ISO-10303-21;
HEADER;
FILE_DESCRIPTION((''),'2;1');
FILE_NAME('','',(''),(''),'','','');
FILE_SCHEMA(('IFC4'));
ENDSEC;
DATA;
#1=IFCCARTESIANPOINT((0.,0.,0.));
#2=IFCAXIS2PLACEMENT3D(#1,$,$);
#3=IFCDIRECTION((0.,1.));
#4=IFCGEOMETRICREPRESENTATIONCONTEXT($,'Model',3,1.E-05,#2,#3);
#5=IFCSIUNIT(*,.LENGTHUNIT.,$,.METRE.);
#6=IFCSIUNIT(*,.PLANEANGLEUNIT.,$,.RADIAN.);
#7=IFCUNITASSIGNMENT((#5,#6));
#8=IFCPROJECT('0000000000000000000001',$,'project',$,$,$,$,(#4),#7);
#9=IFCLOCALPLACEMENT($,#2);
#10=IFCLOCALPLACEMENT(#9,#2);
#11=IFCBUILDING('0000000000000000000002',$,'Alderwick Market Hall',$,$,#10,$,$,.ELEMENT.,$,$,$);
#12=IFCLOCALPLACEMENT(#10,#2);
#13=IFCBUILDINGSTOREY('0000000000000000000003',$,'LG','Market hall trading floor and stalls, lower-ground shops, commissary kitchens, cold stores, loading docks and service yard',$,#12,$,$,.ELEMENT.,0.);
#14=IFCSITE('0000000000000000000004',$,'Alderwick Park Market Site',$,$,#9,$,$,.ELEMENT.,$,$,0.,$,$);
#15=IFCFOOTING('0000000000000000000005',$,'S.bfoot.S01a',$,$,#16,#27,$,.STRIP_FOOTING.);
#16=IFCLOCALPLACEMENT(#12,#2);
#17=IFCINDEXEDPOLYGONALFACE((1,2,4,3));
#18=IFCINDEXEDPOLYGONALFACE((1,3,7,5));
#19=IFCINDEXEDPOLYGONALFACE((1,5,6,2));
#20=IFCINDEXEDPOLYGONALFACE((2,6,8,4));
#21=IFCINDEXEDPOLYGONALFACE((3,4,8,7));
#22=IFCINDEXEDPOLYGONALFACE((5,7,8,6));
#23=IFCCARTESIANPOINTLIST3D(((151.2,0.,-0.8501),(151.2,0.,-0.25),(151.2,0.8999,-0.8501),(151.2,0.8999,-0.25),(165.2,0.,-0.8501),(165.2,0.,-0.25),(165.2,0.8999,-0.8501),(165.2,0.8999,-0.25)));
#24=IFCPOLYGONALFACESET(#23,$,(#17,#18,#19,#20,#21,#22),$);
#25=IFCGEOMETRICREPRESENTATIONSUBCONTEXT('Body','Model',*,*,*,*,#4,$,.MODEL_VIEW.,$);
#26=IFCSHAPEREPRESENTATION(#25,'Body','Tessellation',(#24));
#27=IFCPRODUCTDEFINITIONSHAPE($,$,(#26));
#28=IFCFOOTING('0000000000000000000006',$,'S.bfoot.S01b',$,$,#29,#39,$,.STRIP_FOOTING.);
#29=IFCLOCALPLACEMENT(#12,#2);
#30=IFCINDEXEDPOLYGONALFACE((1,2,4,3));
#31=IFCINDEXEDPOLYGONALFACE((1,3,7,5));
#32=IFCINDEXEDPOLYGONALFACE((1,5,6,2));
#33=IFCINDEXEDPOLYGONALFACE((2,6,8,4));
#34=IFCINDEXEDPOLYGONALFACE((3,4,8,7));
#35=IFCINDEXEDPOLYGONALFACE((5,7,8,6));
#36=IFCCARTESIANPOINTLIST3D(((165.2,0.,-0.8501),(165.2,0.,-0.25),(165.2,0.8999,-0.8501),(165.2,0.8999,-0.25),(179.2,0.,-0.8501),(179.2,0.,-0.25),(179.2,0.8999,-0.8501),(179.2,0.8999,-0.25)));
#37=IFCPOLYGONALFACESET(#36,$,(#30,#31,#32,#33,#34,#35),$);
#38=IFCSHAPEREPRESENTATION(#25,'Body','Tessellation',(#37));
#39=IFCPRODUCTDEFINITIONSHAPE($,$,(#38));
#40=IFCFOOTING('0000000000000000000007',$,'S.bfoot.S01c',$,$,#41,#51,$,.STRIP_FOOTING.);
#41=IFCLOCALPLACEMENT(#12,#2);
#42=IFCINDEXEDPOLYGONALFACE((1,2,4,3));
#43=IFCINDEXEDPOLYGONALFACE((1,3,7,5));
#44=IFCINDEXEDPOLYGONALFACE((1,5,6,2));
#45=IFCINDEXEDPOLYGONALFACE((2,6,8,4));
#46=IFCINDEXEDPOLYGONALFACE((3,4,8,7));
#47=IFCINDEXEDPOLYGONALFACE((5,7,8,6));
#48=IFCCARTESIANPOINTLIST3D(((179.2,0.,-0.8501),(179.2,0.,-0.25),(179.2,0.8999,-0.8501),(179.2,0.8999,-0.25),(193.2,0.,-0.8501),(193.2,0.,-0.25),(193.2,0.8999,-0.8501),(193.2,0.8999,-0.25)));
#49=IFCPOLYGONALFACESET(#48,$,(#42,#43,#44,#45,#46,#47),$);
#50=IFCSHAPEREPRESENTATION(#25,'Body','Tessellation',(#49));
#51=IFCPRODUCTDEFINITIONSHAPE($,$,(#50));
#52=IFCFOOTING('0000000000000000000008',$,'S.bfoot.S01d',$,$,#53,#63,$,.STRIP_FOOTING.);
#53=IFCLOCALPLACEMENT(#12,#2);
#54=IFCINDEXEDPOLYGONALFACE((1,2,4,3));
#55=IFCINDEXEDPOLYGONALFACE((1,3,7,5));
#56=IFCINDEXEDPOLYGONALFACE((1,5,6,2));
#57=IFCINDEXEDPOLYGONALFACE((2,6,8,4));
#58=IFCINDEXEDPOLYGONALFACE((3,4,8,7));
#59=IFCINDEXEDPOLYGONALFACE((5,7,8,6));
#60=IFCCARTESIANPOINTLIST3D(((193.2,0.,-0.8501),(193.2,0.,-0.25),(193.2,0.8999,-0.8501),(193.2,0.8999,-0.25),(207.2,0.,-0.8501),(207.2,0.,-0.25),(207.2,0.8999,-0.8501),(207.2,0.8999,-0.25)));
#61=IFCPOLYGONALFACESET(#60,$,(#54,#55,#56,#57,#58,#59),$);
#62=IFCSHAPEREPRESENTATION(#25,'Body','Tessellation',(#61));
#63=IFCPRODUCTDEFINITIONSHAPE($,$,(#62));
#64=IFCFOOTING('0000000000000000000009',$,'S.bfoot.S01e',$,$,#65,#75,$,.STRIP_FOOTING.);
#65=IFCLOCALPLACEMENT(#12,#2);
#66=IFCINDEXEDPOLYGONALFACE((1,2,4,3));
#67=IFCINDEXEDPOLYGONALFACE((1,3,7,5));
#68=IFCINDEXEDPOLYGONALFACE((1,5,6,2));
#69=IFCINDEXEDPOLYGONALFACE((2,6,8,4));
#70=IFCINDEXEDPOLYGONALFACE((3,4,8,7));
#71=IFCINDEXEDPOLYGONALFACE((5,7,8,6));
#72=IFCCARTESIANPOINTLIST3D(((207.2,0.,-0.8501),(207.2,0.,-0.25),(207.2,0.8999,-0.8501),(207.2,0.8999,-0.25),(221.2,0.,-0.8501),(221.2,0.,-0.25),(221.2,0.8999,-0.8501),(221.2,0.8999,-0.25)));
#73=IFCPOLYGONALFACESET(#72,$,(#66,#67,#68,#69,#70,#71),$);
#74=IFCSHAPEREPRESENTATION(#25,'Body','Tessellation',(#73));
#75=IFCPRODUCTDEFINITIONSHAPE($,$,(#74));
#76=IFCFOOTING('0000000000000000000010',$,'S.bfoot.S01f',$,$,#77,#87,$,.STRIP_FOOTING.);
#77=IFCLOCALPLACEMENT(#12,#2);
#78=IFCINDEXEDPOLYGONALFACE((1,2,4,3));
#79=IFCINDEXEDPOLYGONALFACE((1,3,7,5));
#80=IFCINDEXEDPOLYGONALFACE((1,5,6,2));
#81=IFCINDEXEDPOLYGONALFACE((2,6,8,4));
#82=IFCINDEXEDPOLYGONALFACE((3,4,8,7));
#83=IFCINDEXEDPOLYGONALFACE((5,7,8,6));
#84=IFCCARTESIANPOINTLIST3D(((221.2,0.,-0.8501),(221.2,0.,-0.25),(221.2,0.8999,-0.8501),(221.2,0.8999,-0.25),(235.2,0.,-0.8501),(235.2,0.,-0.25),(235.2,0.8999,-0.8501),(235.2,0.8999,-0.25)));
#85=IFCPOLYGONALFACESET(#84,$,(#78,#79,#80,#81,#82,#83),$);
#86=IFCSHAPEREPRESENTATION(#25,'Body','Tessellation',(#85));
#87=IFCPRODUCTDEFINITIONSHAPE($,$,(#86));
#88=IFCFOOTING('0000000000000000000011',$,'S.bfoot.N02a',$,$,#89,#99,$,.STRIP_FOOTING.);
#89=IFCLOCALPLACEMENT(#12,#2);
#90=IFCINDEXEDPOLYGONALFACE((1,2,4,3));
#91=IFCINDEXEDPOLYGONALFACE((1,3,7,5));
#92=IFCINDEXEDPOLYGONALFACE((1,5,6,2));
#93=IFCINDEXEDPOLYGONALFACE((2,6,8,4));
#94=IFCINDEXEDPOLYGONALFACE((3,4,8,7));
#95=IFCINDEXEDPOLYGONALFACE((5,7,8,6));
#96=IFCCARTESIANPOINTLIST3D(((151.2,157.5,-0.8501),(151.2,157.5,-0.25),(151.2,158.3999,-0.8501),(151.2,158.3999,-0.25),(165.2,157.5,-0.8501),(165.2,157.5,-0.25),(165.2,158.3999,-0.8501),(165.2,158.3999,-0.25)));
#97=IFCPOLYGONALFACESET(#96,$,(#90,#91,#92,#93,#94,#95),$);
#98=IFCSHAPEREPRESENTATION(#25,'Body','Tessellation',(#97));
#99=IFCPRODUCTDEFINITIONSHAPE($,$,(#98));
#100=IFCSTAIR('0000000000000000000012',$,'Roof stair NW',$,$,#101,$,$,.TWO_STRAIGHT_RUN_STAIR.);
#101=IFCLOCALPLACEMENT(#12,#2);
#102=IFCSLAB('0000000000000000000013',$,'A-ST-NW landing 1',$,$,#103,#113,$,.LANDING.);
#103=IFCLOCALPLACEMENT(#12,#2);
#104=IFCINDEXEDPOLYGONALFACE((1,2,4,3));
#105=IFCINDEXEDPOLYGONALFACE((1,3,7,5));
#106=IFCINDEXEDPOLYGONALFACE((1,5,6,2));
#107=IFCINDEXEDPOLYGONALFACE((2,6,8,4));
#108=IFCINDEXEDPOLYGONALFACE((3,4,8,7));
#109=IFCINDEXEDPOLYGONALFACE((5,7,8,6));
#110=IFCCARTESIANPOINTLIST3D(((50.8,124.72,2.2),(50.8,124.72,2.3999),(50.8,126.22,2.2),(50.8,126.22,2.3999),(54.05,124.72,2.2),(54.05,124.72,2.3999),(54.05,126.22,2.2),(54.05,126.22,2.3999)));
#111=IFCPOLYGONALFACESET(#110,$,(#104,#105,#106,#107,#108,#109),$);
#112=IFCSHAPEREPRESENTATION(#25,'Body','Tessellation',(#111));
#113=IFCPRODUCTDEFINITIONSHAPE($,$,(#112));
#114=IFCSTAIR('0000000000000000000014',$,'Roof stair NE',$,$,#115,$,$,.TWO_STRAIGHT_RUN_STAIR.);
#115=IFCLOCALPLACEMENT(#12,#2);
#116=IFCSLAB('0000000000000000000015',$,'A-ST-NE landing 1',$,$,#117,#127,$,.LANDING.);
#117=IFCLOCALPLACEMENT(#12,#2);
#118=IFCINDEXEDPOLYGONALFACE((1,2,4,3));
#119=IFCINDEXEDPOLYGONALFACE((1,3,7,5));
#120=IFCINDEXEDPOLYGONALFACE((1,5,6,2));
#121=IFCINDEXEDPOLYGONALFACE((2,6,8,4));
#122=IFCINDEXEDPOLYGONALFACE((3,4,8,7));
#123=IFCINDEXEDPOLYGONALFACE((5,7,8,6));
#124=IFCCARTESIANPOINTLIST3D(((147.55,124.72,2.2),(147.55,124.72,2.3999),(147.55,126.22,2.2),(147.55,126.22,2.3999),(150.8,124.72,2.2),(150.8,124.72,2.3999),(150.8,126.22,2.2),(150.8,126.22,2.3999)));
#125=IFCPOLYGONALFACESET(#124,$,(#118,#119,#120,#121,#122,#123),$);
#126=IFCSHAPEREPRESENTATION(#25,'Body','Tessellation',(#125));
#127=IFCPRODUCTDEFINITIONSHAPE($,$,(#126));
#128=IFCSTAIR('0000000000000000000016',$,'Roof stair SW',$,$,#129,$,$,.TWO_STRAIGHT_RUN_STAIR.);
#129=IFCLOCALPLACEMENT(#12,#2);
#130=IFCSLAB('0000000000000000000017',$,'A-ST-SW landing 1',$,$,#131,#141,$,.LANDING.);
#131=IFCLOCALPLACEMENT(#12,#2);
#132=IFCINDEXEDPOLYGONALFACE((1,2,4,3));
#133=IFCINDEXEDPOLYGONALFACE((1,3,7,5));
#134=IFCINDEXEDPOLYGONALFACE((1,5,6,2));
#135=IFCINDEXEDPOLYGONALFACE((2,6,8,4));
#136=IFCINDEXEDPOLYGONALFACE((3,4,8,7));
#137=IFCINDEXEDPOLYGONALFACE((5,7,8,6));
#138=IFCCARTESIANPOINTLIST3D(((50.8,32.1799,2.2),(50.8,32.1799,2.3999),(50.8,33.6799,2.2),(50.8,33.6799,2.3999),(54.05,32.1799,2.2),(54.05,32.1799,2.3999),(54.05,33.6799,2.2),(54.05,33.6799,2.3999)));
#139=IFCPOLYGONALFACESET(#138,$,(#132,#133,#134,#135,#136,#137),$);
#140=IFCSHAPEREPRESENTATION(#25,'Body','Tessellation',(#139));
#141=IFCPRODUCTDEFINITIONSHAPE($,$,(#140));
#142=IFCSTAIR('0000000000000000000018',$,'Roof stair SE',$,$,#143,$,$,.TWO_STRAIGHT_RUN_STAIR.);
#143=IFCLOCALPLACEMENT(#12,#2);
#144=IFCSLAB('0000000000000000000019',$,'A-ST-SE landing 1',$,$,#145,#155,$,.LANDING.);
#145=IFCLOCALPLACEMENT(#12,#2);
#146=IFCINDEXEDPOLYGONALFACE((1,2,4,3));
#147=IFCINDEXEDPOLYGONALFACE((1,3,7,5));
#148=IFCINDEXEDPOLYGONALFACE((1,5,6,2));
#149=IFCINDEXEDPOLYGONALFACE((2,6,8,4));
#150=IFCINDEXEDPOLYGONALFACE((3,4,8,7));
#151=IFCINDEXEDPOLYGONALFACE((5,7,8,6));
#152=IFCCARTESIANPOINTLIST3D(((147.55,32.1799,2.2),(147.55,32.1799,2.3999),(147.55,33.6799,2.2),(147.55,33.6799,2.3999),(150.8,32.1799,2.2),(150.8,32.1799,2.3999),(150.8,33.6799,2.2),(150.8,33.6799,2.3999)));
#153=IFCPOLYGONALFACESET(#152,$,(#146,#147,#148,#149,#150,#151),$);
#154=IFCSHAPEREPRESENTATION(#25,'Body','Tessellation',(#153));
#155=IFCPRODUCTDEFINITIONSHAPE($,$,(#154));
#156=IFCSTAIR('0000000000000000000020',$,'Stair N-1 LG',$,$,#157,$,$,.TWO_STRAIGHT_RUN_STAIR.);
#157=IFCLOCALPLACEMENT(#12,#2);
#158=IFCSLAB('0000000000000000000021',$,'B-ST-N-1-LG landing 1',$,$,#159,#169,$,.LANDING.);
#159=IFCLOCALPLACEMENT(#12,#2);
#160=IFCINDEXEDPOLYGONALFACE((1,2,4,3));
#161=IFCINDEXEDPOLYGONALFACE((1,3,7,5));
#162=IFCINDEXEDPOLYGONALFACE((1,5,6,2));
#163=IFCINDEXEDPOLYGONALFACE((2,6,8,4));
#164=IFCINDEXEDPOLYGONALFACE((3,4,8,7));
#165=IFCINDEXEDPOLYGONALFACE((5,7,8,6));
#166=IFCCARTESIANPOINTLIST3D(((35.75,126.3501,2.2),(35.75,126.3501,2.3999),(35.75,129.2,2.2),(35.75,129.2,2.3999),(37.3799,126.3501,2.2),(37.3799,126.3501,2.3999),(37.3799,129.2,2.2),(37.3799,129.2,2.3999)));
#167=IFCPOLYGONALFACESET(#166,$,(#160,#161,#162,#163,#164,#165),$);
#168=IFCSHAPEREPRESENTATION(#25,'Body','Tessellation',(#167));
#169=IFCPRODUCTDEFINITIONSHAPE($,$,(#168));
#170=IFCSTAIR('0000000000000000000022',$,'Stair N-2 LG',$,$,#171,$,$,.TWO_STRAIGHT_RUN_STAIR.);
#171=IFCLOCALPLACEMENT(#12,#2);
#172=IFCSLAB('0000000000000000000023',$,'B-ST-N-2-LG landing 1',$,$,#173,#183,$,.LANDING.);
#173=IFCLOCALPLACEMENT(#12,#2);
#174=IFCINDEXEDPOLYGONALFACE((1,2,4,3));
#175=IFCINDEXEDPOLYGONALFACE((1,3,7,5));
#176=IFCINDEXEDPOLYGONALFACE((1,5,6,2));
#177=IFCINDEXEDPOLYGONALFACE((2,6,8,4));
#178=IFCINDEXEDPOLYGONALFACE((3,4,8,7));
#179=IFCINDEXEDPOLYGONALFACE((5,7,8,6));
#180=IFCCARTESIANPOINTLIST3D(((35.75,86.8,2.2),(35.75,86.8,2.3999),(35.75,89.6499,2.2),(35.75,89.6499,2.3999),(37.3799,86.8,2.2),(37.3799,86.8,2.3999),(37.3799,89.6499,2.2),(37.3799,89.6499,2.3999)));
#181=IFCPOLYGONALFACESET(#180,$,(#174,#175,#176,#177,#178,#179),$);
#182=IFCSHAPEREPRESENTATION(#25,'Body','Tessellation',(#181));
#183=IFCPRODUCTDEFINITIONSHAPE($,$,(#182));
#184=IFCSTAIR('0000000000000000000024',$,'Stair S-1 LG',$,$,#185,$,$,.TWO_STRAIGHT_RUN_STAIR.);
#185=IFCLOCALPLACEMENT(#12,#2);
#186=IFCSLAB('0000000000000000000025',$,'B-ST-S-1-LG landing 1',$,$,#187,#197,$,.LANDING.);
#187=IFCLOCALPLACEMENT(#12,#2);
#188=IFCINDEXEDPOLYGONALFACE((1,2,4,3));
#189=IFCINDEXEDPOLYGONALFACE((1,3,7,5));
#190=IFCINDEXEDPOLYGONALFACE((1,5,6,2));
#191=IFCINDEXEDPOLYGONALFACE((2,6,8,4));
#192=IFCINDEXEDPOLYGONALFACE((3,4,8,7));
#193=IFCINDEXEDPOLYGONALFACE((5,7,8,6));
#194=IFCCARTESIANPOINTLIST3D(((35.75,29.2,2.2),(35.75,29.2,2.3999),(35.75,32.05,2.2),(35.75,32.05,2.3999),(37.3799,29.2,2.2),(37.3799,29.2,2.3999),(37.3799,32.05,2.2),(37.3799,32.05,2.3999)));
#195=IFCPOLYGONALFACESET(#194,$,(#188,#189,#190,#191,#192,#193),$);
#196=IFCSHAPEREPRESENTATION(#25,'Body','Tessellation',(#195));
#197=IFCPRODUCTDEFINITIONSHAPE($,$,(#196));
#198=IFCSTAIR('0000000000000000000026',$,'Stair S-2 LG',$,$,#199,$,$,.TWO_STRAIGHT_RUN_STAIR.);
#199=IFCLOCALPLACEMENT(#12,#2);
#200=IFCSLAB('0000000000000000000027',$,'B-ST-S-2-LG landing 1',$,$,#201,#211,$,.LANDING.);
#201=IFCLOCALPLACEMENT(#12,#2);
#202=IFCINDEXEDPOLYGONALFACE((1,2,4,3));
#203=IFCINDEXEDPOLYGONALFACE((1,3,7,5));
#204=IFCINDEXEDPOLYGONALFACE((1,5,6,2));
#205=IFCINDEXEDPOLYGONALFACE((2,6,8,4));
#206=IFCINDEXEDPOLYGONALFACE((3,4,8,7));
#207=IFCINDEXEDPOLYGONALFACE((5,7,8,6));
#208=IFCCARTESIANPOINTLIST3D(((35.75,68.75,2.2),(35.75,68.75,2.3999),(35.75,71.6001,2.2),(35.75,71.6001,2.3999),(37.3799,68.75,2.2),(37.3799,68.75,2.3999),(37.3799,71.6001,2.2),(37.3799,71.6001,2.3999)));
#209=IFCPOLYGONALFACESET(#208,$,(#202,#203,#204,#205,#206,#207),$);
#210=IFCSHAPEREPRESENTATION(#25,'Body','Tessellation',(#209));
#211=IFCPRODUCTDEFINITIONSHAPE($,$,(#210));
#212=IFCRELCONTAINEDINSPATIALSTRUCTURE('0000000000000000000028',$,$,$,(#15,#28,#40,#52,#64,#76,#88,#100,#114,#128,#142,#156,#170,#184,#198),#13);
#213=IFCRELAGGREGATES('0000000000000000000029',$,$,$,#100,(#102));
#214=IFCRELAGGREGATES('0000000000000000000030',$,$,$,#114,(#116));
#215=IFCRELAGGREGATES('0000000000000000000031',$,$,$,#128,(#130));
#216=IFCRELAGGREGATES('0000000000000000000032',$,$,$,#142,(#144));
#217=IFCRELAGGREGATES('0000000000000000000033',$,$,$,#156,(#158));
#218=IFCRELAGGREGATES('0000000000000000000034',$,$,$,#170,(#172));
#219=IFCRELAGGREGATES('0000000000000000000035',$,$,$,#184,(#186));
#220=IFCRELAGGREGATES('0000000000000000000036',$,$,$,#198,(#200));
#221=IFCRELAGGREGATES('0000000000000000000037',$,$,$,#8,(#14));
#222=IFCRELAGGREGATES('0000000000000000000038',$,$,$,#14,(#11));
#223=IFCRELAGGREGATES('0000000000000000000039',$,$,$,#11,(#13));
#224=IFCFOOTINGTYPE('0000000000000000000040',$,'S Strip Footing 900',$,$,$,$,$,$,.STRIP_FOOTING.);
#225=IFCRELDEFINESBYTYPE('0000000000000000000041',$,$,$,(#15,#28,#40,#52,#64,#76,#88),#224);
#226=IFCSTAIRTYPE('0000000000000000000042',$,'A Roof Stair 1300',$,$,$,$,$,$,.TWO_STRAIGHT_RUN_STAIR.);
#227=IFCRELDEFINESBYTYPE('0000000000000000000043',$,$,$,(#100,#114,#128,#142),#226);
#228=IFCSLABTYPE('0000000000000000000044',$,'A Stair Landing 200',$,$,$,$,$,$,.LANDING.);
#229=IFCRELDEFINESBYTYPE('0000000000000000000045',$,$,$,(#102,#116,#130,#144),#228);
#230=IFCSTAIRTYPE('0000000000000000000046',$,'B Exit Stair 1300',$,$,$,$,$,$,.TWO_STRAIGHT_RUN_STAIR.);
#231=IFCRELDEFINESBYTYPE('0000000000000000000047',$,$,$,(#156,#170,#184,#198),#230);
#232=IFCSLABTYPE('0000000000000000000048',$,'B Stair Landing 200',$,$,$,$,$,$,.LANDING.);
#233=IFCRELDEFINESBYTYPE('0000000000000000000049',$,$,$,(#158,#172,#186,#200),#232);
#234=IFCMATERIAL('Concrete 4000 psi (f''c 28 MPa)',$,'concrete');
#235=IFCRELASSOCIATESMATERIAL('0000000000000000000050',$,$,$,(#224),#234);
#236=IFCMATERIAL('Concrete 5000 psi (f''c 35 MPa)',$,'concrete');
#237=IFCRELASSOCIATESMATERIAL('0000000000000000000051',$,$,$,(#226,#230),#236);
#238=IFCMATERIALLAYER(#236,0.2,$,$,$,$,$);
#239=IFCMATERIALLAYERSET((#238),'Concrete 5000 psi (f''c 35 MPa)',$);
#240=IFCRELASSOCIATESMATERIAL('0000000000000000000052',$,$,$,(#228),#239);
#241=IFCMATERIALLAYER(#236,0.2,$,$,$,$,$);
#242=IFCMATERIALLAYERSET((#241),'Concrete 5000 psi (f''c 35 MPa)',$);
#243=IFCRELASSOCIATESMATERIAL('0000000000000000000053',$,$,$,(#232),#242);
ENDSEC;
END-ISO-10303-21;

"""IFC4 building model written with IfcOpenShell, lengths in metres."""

from ifc_helpers import new_model, si_unit, direction, frame, origin, place, context, subcontext, project, spatial, polyline, outline, extrude, material, layer, layer_set, type_object, element, aggregate, save


model = new_model("IFC4")

# Units and contexts
model_context = context("Model", 3, precision=1e-05, world=origin(), true_north=direction((0.0, 1.0)))
body_context = subcontext(model_context, "Body", "Model", "MODEL_VIEW")
ifc_project = project(units=[si_unit("LENGTHUNIT", "METRE"), si_unit("PLANEANGLEUNIT", "RADIAN")], contexts=[model_context])

# Site, building, storey
site_placement = place(None, origin())
site = spatial("IfcSite", under=ifc_project, at=site_placement, Name="Alderwick Park Market Site", CompositionType="ELEMENT", RefElevation=0.0)
building_placement = place(site_placement, origin())
building = spatial("IfcBuilding", under=site, at=building_placement, Name="Alderwick Market Hall", CompositionType="ELEMENT")
storey_placement = place(building_placement, origin())
storey = spatial("IfcBuildingStorey", under=building, at=storey_placement, Name="LG", Description="Market hall trading floor and stalls, lower-ground shops, commissary kitchens, cold stores, loading docks and service yard", CompositionType="ELEMENT", Elevation=0.0)

# Footings
ifc_material_1 = material(Name="Concrete 4000 psi (f'c 28 MPa)", Category="concrete")
footing_type = type_object("IfcFootingType", Name="S Strip Footing 900", PredefinedType="STRIP_FOOTING", material=ifc_material_1)
footing_1_placement = place(storey_placement, frame((0.0, 0.0, -0.8501)))
element("IfcFooting", 1, at=footing_1_placement, inside=storey, type_object=footing_type, Name="S.bfoot.S01a", PredefinedType="STRIP_FOOTING", context=body_context, shape_type="SweptSolid", body=[
    extrude(outline(polyline([(151.2, 0.8999), (151.2, 0.0), (165.2, 0.0), (165.2, 0.8999), (151.2, 0.8999)])), origin(), (0.0, 0.0, 1.0), 0.6001),
])
footing_2_placement = place(storey_placement, frame((0.0, 0.0, -0.8501)))
element("IfcFooting", 2, at=footing_2_placement, inside=storey, type_object=footing_type, Name="S.bfoot.S01b", PredefinedType="STRIP_FOOTING", context=body_context, shape_type="SweptSolid", body=[
    extrude(outline(polyline([(165.2, 0.8999), (165.2, 0.0), (179.2, 0.0), (179.2, 0.8999), (165.2, 0.8999)])), origin(), (0.0, 0.0, 1.0), 0.6001),
])
footing_3_placement = place(storey_placement, frame((0.0, 0.0, -0.8501)))
element("IfcFooting", 3, at=footing_3_placement, inside=storey, type_object=footing_type, Name="S.bfoot.S01c", PredefinedType="STRIP_FOOTING", context=body_context, shape_type="SweptSolid", body=[
    extrude(outline(polyline([(179.2, 0.8999), (179.2, 0.0), (193.2, 0.0), (193.2, 0.8999), (179.2, 0.8999)])), origin(), (0.0, 0.0, 1.0), 0.6001),
])
footing_4_placement = place(storey_placement, frame((0.0, 0.0, -0.8501)))
element("IfcFooting", 4, at=footing_4_placement, inside=storey, type_object=footing_type, Name="S.bfoot.S01d", PredefinedType="STRIP_FOOTING", context=body_context, shape_type="SweptSolid", body=[
    extrude(outline(polyline([(193.2, 0.8999), (193.2, 0.0), (207.2, 0.0), (207.2, 0.8999), (193.2, 0.8999)])), origin(), (0.0, 0.0, 1.0), 0.6001),
])
footing_5_placement = place(storey_placement, frame((0.0, 0.0, -0.8501)))
element("IfcFooting", 5, at=footing_5_placement, inside=storey, type_object=footing_type, Name="S.bfoot.S01e", PredefinedType="STRIP_FOOTING", context=body_context, shape_type="SweptSolid", body=[
    extrude(outline(polyline([(207.2, 0.8999), (207.2, 0.0), (221.2, 0.0), (221.2, 0.8999), (207.2, 0.8999)])), origin(), (0.0, 0.0, 1.0), 0.6001),
])
footing_6_placement = place(storey_placement, frame((0.0, 0.0, -0.8501)))
element("IfcFooting", 6, at=footing_6_placement, inside=storey, type_object=footing_type, Name="S.bfoot.S01f", PredefinedType="STRIP_FOOTING", context=body_context, shape_type="SweptSolid", body=[
    extrude(outline(polyline([(221.2, 0.8999), (221.2, 0.0), (235.2, 0.0), (235.2, 0.8999), (221.2, 0.8999)])), origin(), (0.0, 0.0, 1.0), 0.6001),
])
footing_7_placement = place(storey_placement, frame((0.0, 0.0, -0.8501)))
element("IfcFooting", 7, at=footing_7_placement, inside=storey, type_object=footing_type, Name="S.bfoot.N02a", PredefinedType="STRIP_FOOTING", context=body_context, shape_type="SweptSolid", body=[
    extrude(outline(polyline([(151.2, 158.3999), (151.2, 157.5), (165.2, 157.5), (165.2, 158.3999), (151.2, 158.3999)])), origin(), (0.0, 0.0, 1.0), 0.6001),
])

# Stairs, slabs
ifc_material_2 = material(Name="Concrete 5000 psi (f'c 35 MPa)", Category="concrete")
stair_type_1 = type_object("IfcStairType", Name="A Roof Stair 1300", PredefinedType="TWO_STRAIGHT_RUN_STAIR", material=ifc_material_2)
stair_1_placement = place(storey_placement, origin())
stair_1 = element("IfcStair", 8, at=stair_1_placement, inside=storey, type_object=stair_type_1, Name="Roof stair NW", PredefinedType="TWO_STRAIGHT_RUN_STAIR")
ifc_layer_1 = layer(ifc_material_2, 0.2)
ifc_layer_set_1 = layer_set([ifc_layer_1], Name="Concrete 5000 psi (f'c 35 MPa)")
slab_type_1 = type_object("IfcSlabType", Name="A Stair Landing 200", PredefinedType="LANDING", material=ifc_layer_set_1)
slab_1_placement = place(storey_placement, frame((0.0, 0.0, 2.2)))
slab_1 = element("IfcSlab", 9, at=slab_1_placement, type_object=slab_type_1, Name="A-ST-NW landing 1", PredefinedType="LANDING", context=body_context, shape_type="SweptSolid", body=[
    extrude(outline(polyline([(50.8, 124.72), (54.05, 124.72), (54.05, 126.22), (50.8, 126.22), (50.8, 124.72)])), origin(), (0.0, 0.0, 1.0), 0.2),
])
aggregate(stair_1, [slab_1])
stair_2_placement = place(storey_placement, origin())
stair_2 = element("IfcStair", 10, at=stair_2_placement, inside=storey, type_object=stair_type_1, Name="Roof stair NE", PredefinedType="TWO_STRAIGHT_RUN_STAIR")
slab_2_placement = place(storey_placement, frame((0.0, 0.0, 2.2)))
slab_2 = element("IfcSlab", 11, at=slab_2_placement, type_object=slab_type_1, Name="A-ST-NE landing 1", PredefinedType="LANDING", context=body_context, shape_type="SweptSolid", body=[
    extrude(outline(polyline([(150.8, 124.72), (147.55, 124.72), (147.55, 126.22), (150.8, 126.22), (150.8, 124.72)])), origin(), (0.0, 0.0, 1.0), 0.2),
])
aggregate(stair_2, [slab_2])
stair_3_placement = place(storey_placement, origin())
stair_3 = element("IfcStair", 12, at=stair_3_placement, inside=storey, type_object=stair_type_1, Name="Roof stair SW", PredefinedType="TWO_STRAIGHT_RUN_STAIR")
slab_3_placement = place(storey_placement, frame((0.0, 0.0, 2.2)))
slab_3 = element("IfcSlab", 13, at=slab_3_placement, type_object=slab_type_1, Name="A-ST-SW landing 1", PredefinedType="LANDING", context=body_context, shape_type="SweptSolid", body=[
    extrude(outline(polyline([(50.8, 33.6799), (54.05, 33.6799), (54.05, 32.1799), (50.8, 32.1799), (50.8, 33.6799)])), origin(), (0.0, 0.0, 1.0), 0.2),
])
aggregate(stair_3, [slab_3])
stair_4_placement = place(storey_placement, origin())
stair_4 = element("IfcStair", 14, at=stair_4_placement, inside=storey, type_object=stair_type_1, Name="Roof stair SE", PredefinedType="TWO_STRAIGHT_RUN_STAIR")
slab_4_placement = place(storey_placement, frame((0.0, 0.0, 2.2)))
slab_4 = element("IfcSlab", 15, at=slab_4_placement, type_object=slab_type_1, Name="A-ST-SE landing 1", PredefinedType="LANDING", context=body_context, shape_type="SweptSolid", body=[
    extrude(outline(polyline([(150.8, 33.6799), (147.55, 33.6799), (147.55, 32.1799), (150.8, 32.1799), (150.8, 33.6799)])), origin(), (0.0, 0.0, 1.0), 0.2),
])
aggregate(stair_4, [slab_4])
stair_type_2 = type_object("IfcStairType", Name="B Exit Stair 1300", PredefinedType="TWO_STRAIGHT_RUN_STAIR", material=ifc_material_2)
stair_5_placement = place(storey_placement, origin())
stair_5 = element("IfcStair", 16, at=stair_5_placement, inside=storey, type_object=stair_type_2, Name="Stair N-1 LG", PredefinedType="TWO_STRAIGHT_RUN_STAIR")
ifc_layer_2 = layer(ifc_material_2, 0.2)
ifc_layer_set_2 = layer_set([ifc_layer_2], Name="Concrete 5000 psi (f'c 35 MPa)")
slab_type_2 = type_object("IfcSlabType", Name="B Stair Landing 200", PredefinedType="LANDING", material=ifc_layer_set_2)
slab_5_placement = place(storey_placement, frame((0.0, 0.0, 2.2)))
slab_5 = element("IfcSlab", 17, at=slab_5_placement, type_object=slab_type_2, Name="B-ST-N-1-LG landing 1", PredefinedType="LANDING", context=body_context, shape_type="SweptSolid", body=[
    extrude(outline(polyline([(35.75, 129.2), (37.3799, 129.2), (37.3799, 126.3501), (35.75, 126.3501), (35.75, 129.2)])), origin(), (0.0, 0.0, 1.0), 0.2),
])
aggregate(stair_5, [slab_5])
stair_6_placement = place(storey_placement, origin())
stair_6 = element("IfcStair", 18, at=stair_6_placement, inside=storey, type_object=stair_type_2, Name="Stair N-2 LG", PredefinedType="TWO_STRAIGHT_RUN_STAIR")
slab_6_placement = place(storey_placement, frame((0.0, 0.0, 2.2)))
slab_6 = element("IfcSlab", 19, at=slab_6_placement, type_object=slab_type_2, Name="B-ST-N-2-LG landing 1", PredefinedType="LANDING", context=body_context, shape_type="SweptSolid", body=[
    extrude(outline(polyline([(35.75, 86.8), (37.3799, 86.8), (37.3799, 89.6499), (35.75, 89.6499), (35.75, 86.8)])), origin(), (0.0, 0.0, 1.0), 0.2),
])
aggregate(stair_6, [slab_6])
stair_7_placement = place(storey_placement, origin())
stair_7 = element("IfcStair", 20, at=stair_7_placement, inside=storey, type_object=stair_type_2, Name="Stair S-1 LG", PredefinedType="TWO_STRAIGHT_RUN_STAIR")
slab_7_placement = place(storey_placement, frame((0.0, 0.0, 2.2)))
slab_7 = element("IfcSlab", 21, at=slab_7_placement, type_object=slab_type_2, Name="B-ST-S-1-LG landing 1", PredefinedType="LANDING", context=body_context, shape_type="SweptSolid", body=[
    extrude(outline(polyline([(35.75, 29.2), (37.3799, 29.2), (37.3799, 32.05), (35.75, 32.05), (35.75, 29.2)])), origin(), (0.0, 0.0, 1.0), 0.2),
])
aggregate(stair_7, [slab_7])
stair_8_placement = place(storey_placement, origin())
stair_8 = element("IfcStair", 22, at=stair_8_placement, inside=storey, type_object=stair_type_2, Name="Stair S-2 LG", PredefinedType="TWO_STRAIGHT_RUN_STAIR")
slab_8_placement = place(storey_placement, frame((0.0, 0.0, 2.2)))
slab_8 = element("IfcSlab", 23, at=slab_8_placement, type_object=slab_type_2, Name="B-ST-S-2-LG landing 1", PredefinedType="LANDING", context=body_context, shape_type="SweptSolid", body=[
    extrude(outline(polyline([(35.75, 71.6001), (37.3799, 71.6001), (37.3799, 68.75), (35.75, 68.75), (35.75, 71.6001)])), origin(), (0.0, 0.0, 1.0), 0.2),
])
aggregate(stair_8, [slab_8])

save(model, "model.ifc")
